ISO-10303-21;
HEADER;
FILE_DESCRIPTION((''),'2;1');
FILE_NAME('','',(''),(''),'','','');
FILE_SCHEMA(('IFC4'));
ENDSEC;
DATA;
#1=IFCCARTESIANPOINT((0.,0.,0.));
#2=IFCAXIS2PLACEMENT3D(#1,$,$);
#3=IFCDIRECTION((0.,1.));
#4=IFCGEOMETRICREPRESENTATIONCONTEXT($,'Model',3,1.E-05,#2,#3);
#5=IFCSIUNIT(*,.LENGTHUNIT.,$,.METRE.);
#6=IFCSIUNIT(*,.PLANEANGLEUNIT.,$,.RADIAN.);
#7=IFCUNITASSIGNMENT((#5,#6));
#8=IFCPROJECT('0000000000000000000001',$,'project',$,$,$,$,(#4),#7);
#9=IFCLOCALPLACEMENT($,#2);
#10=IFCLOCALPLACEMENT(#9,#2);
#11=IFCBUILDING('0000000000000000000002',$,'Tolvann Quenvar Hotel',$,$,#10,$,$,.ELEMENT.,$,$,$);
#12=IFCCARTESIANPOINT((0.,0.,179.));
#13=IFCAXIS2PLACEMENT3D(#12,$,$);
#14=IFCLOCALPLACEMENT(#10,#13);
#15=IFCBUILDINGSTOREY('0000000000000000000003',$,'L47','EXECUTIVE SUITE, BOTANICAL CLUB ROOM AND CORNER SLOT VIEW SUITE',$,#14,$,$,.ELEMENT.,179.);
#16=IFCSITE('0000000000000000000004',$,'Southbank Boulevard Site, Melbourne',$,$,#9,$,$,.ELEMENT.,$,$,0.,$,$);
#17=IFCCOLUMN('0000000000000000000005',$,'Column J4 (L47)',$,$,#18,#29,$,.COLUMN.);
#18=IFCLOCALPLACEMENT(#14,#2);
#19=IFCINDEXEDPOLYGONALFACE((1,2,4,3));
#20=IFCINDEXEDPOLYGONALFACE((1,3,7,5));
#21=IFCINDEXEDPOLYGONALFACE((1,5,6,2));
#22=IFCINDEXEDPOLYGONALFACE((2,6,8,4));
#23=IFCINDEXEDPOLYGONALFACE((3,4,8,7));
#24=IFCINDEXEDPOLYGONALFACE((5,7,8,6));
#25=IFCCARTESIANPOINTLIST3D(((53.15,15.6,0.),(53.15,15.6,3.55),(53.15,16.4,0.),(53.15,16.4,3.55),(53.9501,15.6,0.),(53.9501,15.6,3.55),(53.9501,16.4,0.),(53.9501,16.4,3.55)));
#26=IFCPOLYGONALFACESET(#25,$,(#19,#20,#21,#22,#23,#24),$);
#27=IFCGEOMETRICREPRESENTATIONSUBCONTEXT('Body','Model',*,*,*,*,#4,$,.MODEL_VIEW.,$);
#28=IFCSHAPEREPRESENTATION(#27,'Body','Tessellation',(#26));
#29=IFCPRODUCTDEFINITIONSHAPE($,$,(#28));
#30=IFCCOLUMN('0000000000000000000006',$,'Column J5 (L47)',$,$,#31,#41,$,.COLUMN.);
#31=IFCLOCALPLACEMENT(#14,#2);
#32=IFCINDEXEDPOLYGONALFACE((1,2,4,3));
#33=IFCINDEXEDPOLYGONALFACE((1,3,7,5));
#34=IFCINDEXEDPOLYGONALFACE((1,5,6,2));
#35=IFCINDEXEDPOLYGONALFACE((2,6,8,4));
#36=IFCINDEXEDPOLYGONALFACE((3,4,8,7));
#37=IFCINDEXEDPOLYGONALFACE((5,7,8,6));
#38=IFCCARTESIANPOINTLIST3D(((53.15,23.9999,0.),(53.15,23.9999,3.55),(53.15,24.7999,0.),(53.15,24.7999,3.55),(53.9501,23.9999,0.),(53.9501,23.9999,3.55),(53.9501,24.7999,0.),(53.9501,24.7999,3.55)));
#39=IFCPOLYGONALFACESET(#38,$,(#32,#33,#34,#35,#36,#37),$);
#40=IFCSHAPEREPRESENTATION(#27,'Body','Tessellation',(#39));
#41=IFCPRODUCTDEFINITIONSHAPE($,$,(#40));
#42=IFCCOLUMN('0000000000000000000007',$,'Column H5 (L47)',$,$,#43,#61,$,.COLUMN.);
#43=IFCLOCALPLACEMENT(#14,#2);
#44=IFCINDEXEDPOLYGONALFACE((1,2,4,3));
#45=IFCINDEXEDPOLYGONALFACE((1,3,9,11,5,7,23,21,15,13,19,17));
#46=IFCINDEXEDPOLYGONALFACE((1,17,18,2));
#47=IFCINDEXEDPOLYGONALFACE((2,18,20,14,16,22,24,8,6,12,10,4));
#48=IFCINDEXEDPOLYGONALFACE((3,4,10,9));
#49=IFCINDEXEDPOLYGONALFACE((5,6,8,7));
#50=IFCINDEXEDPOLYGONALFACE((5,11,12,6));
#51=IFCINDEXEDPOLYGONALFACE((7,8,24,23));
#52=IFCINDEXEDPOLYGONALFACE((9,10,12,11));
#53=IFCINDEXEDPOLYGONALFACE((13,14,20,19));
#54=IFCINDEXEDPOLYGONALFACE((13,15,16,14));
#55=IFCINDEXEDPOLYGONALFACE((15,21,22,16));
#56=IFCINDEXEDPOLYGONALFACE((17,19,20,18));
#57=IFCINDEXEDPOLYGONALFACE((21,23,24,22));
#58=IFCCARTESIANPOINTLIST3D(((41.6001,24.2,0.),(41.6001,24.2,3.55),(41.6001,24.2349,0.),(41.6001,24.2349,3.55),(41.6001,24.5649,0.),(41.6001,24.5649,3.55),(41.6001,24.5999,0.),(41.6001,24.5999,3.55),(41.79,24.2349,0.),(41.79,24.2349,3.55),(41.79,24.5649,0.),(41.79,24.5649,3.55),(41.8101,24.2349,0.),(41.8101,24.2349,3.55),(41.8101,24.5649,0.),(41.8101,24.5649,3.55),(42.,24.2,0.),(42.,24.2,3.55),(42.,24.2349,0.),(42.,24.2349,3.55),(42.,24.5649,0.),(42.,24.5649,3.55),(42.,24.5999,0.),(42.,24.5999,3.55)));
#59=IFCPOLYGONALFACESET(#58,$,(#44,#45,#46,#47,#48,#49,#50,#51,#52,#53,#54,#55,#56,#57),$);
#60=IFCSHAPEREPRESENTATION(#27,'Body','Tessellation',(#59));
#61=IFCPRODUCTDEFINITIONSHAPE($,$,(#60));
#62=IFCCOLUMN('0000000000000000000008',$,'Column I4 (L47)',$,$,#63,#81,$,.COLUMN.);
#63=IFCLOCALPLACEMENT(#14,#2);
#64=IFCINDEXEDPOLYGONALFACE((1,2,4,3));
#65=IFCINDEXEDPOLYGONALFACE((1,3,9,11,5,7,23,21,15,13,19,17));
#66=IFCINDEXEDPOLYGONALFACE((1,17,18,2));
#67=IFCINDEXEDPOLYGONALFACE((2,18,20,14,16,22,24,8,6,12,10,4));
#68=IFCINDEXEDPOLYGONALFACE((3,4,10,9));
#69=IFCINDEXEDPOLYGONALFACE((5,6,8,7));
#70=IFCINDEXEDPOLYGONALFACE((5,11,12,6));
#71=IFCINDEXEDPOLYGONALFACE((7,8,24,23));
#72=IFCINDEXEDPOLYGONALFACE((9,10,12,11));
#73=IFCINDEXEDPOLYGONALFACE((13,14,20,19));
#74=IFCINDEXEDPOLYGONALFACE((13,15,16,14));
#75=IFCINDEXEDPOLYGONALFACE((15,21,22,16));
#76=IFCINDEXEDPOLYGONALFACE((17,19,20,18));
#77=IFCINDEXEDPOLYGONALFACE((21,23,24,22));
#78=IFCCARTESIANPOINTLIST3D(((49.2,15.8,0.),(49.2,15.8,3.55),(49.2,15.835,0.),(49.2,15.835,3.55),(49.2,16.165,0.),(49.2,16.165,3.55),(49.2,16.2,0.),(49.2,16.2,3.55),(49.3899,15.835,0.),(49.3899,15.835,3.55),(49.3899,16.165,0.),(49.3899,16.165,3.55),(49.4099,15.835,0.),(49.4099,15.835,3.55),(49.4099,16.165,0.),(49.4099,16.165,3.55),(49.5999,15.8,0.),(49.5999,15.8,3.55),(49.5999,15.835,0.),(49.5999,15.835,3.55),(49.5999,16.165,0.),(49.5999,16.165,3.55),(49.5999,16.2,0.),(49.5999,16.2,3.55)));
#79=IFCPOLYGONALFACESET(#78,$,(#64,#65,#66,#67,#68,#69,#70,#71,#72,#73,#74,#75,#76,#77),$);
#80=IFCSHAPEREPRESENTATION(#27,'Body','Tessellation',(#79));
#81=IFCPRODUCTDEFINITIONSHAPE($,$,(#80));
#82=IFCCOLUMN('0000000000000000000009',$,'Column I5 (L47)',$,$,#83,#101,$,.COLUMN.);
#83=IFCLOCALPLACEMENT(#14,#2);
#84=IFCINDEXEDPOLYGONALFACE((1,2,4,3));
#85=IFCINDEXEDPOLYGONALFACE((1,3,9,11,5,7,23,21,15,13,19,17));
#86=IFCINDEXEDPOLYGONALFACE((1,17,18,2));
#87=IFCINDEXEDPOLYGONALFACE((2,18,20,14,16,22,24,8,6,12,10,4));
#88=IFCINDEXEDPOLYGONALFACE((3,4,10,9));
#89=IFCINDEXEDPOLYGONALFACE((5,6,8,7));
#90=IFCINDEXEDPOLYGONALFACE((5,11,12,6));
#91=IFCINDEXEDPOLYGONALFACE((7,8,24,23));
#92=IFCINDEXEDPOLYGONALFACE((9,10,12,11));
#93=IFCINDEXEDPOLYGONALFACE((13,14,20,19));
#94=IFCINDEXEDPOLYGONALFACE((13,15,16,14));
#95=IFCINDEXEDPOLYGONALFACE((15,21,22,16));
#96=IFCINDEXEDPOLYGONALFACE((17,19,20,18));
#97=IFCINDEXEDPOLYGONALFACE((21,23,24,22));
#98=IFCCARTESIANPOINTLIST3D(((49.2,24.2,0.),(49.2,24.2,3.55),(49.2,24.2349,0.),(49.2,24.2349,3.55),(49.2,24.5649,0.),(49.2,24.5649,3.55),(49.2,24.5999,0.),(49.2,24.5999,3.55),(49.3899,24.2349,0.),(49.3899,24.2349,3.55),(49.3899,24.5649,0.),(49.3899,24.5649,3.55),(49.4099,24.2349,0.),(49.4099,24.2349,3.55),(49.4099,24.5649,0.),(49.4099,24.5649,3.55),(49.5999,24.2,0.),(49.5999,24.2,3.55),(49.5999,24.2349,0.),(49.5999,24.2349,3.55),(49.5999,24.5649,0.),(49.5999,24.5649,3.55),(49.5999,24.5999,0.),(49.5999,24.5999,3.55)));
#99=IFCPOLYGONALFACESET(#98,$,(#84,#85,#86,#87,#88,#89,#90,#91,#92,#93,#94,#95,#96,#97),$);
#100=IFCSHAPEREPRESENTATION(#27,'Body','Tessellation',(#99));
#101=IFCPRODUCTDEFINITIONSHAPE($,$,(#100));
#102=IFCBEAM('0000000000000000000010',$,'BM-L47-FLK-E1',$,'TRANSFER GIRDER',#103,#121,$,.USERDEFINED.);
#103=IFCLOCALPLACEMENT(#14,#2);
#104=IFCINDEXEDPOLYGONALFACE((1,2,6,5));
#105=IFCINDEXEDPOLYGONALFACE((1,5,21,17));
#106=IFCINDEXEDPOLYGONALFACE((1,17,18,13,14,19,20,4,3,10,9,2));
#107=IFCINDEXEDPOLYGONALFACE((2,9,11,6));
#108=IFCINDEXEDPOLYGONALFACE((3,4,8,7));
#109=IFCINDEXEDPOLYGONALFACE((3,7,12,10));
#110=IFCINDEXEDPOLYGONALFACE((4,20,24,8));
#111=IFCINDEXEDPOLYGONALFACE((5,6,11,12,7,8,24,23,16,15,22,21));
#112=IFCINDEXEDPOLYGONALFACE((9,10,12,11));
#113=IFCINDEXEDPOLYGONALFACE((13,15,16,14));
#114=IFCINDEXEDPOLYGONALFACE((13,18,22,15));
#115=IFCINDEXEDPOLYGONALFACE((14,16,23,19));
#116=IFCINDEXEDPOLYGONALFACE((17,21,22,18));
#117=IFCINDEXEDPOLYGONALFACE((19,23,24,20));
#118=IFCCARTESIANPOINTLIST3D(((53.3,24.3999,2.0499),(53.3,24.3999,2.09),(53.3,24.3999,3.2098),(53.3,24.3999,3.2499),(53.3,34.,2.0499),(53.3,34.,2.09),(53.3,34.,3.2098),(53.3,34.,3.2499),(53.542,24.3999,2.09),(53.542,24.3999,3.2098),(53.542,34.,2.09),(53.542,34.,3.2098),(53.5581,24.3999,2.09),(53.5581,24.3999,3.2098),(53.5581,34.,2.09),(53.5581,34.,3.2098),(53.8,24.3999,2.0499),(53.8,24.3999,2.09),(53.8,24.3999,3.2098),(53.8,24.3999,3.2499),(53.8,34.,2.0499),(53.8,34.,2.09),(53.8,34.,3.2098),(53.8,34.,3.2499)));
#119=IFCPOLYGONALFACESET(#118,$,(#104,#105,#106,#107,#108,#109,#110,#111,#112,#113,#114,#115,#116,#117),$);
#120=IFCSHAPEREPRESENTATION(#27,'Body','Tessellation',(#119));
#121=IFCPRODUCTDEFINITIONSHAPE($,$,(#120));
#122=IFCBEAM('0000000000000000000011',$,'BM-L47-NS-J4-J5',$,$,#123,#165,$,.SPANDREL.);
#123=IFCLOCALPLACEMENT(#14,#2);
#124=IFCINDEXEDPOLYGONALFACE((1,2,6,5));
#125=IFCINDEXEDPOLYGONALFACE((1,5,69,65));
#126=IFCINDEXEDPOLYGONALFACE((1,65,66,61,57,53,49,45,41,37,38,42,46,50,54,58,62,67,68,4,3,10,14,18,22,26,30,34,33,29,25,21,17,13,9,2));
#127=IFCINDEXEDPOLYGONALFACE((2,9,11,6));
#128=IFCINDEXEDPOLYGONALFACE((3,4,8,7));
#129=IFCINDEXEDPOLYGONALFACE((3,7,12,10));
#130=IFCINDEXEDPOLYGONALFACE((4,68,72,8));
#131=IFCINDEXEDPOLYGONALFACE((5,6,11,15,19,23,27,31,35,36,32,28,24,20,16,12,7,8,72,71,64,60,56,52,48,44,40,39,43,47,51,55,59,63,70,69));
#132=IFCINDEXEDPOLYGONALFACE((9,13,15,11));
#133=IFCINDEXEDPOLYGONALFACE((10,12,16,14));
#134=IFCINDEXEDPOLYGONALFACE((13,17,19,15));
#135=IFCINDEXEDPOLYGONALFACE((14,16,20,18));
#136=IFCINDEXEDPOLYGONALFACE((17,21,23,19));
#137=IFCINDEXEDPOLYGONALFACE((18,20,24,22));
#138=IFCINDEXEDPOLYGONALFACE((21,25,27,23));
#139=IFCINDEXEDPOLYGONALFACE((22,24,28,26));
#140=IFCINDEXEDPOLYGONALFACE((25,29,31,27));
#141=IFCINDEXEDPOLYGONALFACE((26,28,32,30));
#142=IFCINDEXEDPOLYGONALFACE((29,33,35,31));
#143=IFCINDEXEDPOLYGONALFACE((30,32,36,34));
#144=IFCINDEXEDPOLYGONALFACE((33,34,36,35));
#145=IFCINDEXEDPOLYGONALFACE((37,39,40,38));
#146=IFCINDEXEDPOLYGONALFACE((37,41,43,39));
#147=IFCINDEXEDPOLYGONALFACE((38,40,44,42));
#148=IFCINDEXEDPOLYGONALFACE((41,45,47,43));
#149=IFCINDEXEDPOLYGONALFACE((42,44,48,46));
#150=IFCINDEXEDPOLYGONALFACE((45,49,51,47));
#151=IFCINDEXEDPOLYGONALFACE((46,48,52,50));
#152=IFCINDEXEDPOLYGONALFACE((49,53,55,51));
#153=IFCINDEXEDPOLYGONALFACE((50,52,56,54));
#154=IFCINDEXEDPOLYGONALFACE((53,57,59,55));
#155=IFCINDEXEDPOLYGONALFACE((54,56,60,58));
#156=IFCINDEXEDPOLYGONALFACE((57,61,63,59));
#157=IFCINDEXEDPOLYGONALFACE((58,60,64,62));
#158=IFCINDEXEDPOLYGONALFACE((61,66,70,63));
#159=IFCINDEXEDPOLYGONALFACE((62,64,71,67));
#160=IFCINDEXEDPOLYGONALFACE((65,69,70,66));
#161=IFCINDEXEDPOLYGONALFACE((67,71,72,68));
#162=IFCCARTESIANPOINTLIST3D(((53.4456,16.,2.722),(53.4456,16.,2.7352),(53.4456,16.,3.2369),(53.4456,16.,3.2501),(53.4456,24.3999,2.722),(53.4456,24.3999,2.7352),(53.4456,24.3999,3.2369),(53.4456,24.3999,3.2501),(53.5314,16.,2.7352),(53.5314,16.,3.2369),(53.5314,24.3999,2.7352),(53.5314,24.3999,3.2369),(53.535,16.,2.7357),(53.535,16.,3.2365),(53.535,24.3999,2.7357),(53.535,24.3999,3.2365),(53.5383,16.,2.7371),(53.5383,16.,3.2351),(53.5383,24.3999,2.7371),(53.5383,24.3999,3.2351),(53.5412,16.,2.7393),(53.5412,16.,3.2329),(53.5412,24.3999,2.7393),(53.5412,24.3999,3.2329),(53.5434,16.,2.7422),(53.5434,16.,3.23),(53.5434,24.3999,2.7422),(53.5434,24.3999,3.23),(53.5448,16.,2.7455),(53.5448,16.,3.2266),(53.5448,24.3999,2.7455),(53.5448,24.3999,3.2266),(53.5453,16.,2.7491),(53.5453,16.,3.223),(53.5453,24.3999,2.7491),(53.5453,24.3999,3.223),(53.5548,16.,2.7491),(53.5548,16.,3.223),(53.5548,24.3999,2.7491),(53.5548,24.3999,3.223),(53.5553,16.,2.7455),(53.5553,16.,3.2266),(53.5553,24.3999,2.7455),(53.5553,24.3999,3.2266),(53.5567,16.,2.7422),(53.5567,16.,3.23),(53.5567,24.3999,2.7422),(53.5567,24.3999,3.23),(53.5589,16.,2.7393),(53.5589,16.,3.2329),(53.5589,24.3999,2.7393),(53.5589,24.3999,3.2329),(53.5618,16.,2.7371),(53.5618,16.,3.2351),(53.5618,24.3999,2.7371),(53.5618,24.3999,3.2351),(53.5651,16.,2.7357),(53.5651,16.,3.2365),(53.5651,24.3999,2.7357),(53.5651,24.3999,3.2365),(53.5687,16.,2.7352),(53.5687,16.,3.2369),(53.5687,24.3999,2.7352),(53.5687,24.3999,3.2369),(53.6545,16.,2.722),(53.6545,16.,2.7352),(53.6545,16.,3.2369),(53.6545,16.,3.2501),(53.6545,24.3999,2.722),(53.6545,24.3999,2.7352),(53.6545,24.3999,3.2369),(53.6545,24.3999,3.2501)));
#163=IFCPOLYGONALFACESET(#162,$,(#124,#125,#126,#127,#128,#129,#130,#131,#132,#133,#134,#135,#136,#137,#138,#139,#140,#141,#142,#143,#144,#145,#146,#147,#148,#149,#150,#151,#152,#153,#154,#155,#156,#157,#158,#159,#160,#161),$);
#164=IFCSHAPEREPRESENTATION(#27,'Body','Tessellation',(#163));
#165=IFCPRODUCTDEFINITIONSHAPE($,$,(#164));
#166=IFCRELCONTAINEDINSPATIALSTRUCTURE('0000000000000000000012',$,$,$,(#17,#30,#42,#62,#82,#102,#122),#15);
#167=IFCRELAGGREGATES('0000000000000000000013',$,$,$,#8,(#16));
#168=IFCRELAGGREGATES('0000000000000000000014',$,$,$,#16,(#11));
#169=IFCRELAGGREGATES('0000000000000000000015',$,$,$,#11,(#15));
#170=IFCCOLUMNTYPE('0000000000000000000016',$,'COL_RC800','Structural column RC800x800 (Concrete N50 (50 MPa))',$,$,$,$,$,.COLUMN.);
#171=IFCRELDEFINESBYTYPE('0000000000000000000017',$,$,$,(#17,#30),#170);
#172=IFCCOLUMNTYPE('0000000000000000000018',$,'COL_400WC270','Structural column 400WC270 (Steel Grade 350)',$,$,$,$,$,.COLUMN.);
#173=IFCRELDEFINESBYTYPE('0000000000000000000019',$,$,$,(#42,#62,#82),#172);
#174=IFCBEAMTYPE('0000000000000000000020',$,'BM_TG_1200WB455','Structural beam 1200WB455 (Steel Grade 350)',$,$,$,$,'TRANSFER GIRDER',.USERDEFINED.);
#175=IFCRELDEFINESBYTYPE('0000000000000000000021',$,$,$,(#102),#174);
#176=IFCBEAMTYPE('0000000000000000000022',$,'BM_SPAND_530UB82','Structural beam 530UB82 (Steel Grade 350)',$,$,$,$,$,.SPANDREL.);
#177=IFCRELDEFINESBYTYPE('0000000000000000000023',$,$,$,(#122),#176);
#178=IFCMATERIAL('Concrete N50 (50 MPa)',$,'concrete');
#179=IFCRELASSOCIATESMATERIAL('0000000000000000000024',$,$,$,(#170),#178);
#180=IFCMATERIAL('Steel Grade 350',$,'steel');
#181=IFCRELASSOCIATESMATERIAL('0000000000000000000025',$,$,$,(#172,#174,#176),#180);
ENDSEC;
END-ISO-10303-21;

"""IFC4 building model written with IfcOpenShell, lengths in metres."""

from ifc_helpers import new_model, si_unit, direction, frame, origin, origin_2d, place, context, subcontext, project, spatial, rectangle, i_section, extrude, source, transform, mapped, material, material_profile, profile_set, type_object, type_shapes, element, save


model = new_model("IFC4")

# Units and contexts
model_context = context("Model", 3, precision=1e-05, world=origin(), true_north=direction((0.0, 1.0)))
body_context = subcontext(model_context, "Body", "Model", "MODEL_VIEW")
ifc_project = project(units=[si_unit("LENGTHUNIT", "METRE"), si_unit("PLANEANGLEUNIT", "RADIAN")], contexts=[model_context])

# Site, building, storey
site_placement = place(None, origin())
site = spatial("IfcSite", under=ifc_project, at=site_placement, Name="Southbank Boulevard Site, Melbourne", CompositionType="ELEMENT", RefElevation=0.0)
building_placement = place(site_placement, origin())
building = spatial("IfcBuilding", under=site, at=building_placement, Name="Tolvann Quenvar Hotel", CompositionType="ELEMENT")
storey_placement = place(building_placement, frame((0.0, 0.0, 179.0)))
storey = spatial("IfcBuildingStorey", under=building, at=storey_placement, Name="L47", Description="EXECUTIVE SUITE, BOTANICAL CLUB ROOM AND CORNER SLOT VIEW SUITE", CompositionType="ELEMENT", Elevation=179.0)

# Columns
ifc_material_1 = material(Name="Concrete N50 (50 MPa)", Category="concrete")
ifc_material_profile_1 = material_profile(ifc_material_1, rectangle(XDim=0.8, YDim=0.8, at=origin_2d()), Name="RC800x800")
ifc_profile_set_1 = profile_set([ifc_material_profile_1], Name="Concrete N50 (50 MPa)")
column_type_1 = type_object("IfcColumnType", Name="COL_RC800", Description="Structural column RC800x800 (Concrete N50 (50 MPa))", PredefinedType="COLUMN", material=ifc_profile_set_1)
shared_shape_1 = source(origin(), body_context, "Body", "SweptSolid", [
    extrude(rectangle(XDim=0.8, YDim=0.8, at=origin_2d()), origin(), (0.0, 0.0, 1.0), 3.55),
])
type_shapes(column_type_1, [shared_shape_1])
for number, where, z_axis, x_axis, name in (
    (1, (53.55, 16.0, 0.0), (0.0, 0.0, 1.0), (1.0, 0.0, 0.0), "Column J4 (L47)"),
    (2, (53.55, 24.3999, 0.0), (0.0, 0.0, 1.0), (1.0, 0.0, 0.0), "Column J5 (L47)"),
):
    element("IfcColumn", number, at=place(storey_placement, frame(where, z_axis=z_axis, x_axis=x_axis)), inside=storey, type_object=column_type_1, Name=name, PredefinedType="COLUMN", context=body_context, shape_type="MappedRepresentation", body=[
        mapped(shared_shape_1, transform((0.0, 0.0, 0.0), x_axis=(1.0, 0.0, 0.0), y_axis=(0.0, 1.0, 0.0), z_axis=(0.0, 0.0, 1.0), scale=1.0)),
    ])
ifc_material_2 = material(Name="Steel Grade 350", Category="steel")
ifc_material_profile_2 = material_profile(ifc_material_2, i_section(OverallWidth=0.3999, OverallDepth=0.3999, WebThickness=0.02, FlangeThickness=0.0349, at=origin_2d()), Name="400WC270")
ifc_profile_set_2 = profile_set([ifc_material_profile_2], Name="Steel Grade 350")
column_type_2 = type_object("IfcColumnType", Name="COL_400WC270", Description="Structural column 400WC270 (Steel Grade 350)", PredefinedType="COLUMN", material=ifc_profile_set_2)
shared_shape_2 = source(origin(), body_context, "Body", "SweptSolid", [
    extrude(i_section(OverallWidth=0.3999, OverallDepth=0.3999, WebThickness=0.02, FlangeThickness=0.0349, at=origin_2d()), origin(), (0.0, 0.0, 1.0), 3.55),
])
type_shapes(column_type_2, [shared_shape_2])
for number, where, z_axis, x_axis, name in (
    (3, (41.8, 24.3999, 0.0), (0.0, 0.0, 1.0), (1.0, 0.0, 0.0), "Column H5 (L47)"),
    (4, (49.3999, 16.0, 0.0), (0.0, 0.0, 1.0), (1.0, 0.0, 0.0), "Column I4 (L47)"),
    (5, (49.3999, 24.3999, 0.0), (0.0, 0.0, 1.0), (1.0, 0.0, 0.0), "Column I5 (L47)"),
):
    element("IfcColumn", number, at=place(storey_placement, frame(where, z_axis=z_axis, x_axis=x_axis)), inside=storey, type_object=column_type_2, Name=name, PredefinedType="COLUMN", context=body_context, shape_type="MappedRepresentation", body=[
        mapped(shared_shape_2, transform((0.0, 0.0, 0.0), x_axis=(1.0, 0.0, 0.0), y_axis=(0.0, 1.0, 0.0), z_axis=(0.0, 0.0, 1.0), scale=1.0)),
    ])

# Beams
ifc_material_profile_3 = material_profile(ifc_material_2, i_section(OverallWidth=0.5, OverallDepth=1.2, WebThickness=0.0161, FlangeThickness=0.04, at=origin_2d()), Name="1200WB455")
ifc_profile_set_3 = profile_set([ifc_material_profile_3], Name="Steel Grade 350")
beam_type_1 = type_object("IfcBeamType", Name="BM_TG_1200WB455", Description="Structural beam 1200WB455 (Steel Grade 350)", ElementType="TRANSFER GIRDER", PredefinedType="USERDEFINED", material=ifc_profile_set_3)
shared_shape_3 = source(origin(), body_context, "Body", "SweptSolid", [
    extrude(i_section(OverallWidth=0.5, OverallDepth=1.2, WebThickness=0.0161, FlangeThickness=0.04, at=origin_2d()), origin(), (0.0, 0.0, 1.0), 9.6001),
])
beam_1_placement = place(storey_placement, frame((53.55, 24.3999, 2.6499), z_axis=(0.0, 1.0, 0.0), x_axis=(-1.0, 0.0, 0.0)))
element("IfcBeam", 6, at=beam_1_placement, inside=storey, type_object=beam_type_1, Name="BM-L47-FLK-E1", ObjectType="TRANSFER GIRDER", PredefinedType="USERDEFINED", context=body_context, shape_type="MappedRepresentation", body=[
    mapped(shared_shape_3, transform((0.0, 0.0, 0.0), x_axis=(1.0, 0.0, 0.0), y_axis=(0.0, 1.0, 0.0), z_axis=(0.0, 0.0, 1.0), scale=1.0)),
])
ifc_material_profile_4 = material_profile(ifc_material_2, i_section(OverallWidth=0.209, OverallDepth=0.5281, WebThickness=0.0095, FlangeThickness=0.0132, FilletRadius=0.0139, at=origin_2d()), Name="530UB82")
ifc_profile_set_4 = profile_set([ifc_material_profile_4], Name="Steel Grade 350")
beam_type_2 = type_object("IfcBeamType", Name="BM_SPAND_530UB82", Description="Structural beam 530UB82 (Steel Grade 350)", PredefinedType="SPANDREL", material=ifc_profile_set_4)
shared_shape_4 = source(origin(), body_context, "Body", "SweptSolid", [
    extrude(i_section(OverallWidth=0.209, OverallDepth=0.5281, WebThickness=0.0095, FlangeThickness=0.0132, FilletRadius=0.0139, at=origin_2d()), origin(), (0.0, 0.0, 1.0), 8.3999),
])
type_shapes(beam_type_2, [shared_shape_4])
beam_2_placement = place(storey_placement, frame((53.55, 16.0, 2.9861), z_axis=(0.0, 1.0, 0.0), x_axis=(-1.0, 0.0, 0.0)))
element("IfcBeam", 7, at=beam_2_placement, inside=storey, type_object=beam_type_2, Name="BM-L47-NS-J4-J5", PredefinedType="SPANDREL", context=body_context, shape_type="MappedRepresentation", body=[
    mapped(shared_shape_4, transform((0.0, 0.0, 0.0), x_axis=(1.0, 0.0, 0.0), y_axis=(0.0, 1.0, 0.0), z_axis=(0.0, 0.0, 1.0), scale=1.0)),
])

save(model, "model.ifc")
